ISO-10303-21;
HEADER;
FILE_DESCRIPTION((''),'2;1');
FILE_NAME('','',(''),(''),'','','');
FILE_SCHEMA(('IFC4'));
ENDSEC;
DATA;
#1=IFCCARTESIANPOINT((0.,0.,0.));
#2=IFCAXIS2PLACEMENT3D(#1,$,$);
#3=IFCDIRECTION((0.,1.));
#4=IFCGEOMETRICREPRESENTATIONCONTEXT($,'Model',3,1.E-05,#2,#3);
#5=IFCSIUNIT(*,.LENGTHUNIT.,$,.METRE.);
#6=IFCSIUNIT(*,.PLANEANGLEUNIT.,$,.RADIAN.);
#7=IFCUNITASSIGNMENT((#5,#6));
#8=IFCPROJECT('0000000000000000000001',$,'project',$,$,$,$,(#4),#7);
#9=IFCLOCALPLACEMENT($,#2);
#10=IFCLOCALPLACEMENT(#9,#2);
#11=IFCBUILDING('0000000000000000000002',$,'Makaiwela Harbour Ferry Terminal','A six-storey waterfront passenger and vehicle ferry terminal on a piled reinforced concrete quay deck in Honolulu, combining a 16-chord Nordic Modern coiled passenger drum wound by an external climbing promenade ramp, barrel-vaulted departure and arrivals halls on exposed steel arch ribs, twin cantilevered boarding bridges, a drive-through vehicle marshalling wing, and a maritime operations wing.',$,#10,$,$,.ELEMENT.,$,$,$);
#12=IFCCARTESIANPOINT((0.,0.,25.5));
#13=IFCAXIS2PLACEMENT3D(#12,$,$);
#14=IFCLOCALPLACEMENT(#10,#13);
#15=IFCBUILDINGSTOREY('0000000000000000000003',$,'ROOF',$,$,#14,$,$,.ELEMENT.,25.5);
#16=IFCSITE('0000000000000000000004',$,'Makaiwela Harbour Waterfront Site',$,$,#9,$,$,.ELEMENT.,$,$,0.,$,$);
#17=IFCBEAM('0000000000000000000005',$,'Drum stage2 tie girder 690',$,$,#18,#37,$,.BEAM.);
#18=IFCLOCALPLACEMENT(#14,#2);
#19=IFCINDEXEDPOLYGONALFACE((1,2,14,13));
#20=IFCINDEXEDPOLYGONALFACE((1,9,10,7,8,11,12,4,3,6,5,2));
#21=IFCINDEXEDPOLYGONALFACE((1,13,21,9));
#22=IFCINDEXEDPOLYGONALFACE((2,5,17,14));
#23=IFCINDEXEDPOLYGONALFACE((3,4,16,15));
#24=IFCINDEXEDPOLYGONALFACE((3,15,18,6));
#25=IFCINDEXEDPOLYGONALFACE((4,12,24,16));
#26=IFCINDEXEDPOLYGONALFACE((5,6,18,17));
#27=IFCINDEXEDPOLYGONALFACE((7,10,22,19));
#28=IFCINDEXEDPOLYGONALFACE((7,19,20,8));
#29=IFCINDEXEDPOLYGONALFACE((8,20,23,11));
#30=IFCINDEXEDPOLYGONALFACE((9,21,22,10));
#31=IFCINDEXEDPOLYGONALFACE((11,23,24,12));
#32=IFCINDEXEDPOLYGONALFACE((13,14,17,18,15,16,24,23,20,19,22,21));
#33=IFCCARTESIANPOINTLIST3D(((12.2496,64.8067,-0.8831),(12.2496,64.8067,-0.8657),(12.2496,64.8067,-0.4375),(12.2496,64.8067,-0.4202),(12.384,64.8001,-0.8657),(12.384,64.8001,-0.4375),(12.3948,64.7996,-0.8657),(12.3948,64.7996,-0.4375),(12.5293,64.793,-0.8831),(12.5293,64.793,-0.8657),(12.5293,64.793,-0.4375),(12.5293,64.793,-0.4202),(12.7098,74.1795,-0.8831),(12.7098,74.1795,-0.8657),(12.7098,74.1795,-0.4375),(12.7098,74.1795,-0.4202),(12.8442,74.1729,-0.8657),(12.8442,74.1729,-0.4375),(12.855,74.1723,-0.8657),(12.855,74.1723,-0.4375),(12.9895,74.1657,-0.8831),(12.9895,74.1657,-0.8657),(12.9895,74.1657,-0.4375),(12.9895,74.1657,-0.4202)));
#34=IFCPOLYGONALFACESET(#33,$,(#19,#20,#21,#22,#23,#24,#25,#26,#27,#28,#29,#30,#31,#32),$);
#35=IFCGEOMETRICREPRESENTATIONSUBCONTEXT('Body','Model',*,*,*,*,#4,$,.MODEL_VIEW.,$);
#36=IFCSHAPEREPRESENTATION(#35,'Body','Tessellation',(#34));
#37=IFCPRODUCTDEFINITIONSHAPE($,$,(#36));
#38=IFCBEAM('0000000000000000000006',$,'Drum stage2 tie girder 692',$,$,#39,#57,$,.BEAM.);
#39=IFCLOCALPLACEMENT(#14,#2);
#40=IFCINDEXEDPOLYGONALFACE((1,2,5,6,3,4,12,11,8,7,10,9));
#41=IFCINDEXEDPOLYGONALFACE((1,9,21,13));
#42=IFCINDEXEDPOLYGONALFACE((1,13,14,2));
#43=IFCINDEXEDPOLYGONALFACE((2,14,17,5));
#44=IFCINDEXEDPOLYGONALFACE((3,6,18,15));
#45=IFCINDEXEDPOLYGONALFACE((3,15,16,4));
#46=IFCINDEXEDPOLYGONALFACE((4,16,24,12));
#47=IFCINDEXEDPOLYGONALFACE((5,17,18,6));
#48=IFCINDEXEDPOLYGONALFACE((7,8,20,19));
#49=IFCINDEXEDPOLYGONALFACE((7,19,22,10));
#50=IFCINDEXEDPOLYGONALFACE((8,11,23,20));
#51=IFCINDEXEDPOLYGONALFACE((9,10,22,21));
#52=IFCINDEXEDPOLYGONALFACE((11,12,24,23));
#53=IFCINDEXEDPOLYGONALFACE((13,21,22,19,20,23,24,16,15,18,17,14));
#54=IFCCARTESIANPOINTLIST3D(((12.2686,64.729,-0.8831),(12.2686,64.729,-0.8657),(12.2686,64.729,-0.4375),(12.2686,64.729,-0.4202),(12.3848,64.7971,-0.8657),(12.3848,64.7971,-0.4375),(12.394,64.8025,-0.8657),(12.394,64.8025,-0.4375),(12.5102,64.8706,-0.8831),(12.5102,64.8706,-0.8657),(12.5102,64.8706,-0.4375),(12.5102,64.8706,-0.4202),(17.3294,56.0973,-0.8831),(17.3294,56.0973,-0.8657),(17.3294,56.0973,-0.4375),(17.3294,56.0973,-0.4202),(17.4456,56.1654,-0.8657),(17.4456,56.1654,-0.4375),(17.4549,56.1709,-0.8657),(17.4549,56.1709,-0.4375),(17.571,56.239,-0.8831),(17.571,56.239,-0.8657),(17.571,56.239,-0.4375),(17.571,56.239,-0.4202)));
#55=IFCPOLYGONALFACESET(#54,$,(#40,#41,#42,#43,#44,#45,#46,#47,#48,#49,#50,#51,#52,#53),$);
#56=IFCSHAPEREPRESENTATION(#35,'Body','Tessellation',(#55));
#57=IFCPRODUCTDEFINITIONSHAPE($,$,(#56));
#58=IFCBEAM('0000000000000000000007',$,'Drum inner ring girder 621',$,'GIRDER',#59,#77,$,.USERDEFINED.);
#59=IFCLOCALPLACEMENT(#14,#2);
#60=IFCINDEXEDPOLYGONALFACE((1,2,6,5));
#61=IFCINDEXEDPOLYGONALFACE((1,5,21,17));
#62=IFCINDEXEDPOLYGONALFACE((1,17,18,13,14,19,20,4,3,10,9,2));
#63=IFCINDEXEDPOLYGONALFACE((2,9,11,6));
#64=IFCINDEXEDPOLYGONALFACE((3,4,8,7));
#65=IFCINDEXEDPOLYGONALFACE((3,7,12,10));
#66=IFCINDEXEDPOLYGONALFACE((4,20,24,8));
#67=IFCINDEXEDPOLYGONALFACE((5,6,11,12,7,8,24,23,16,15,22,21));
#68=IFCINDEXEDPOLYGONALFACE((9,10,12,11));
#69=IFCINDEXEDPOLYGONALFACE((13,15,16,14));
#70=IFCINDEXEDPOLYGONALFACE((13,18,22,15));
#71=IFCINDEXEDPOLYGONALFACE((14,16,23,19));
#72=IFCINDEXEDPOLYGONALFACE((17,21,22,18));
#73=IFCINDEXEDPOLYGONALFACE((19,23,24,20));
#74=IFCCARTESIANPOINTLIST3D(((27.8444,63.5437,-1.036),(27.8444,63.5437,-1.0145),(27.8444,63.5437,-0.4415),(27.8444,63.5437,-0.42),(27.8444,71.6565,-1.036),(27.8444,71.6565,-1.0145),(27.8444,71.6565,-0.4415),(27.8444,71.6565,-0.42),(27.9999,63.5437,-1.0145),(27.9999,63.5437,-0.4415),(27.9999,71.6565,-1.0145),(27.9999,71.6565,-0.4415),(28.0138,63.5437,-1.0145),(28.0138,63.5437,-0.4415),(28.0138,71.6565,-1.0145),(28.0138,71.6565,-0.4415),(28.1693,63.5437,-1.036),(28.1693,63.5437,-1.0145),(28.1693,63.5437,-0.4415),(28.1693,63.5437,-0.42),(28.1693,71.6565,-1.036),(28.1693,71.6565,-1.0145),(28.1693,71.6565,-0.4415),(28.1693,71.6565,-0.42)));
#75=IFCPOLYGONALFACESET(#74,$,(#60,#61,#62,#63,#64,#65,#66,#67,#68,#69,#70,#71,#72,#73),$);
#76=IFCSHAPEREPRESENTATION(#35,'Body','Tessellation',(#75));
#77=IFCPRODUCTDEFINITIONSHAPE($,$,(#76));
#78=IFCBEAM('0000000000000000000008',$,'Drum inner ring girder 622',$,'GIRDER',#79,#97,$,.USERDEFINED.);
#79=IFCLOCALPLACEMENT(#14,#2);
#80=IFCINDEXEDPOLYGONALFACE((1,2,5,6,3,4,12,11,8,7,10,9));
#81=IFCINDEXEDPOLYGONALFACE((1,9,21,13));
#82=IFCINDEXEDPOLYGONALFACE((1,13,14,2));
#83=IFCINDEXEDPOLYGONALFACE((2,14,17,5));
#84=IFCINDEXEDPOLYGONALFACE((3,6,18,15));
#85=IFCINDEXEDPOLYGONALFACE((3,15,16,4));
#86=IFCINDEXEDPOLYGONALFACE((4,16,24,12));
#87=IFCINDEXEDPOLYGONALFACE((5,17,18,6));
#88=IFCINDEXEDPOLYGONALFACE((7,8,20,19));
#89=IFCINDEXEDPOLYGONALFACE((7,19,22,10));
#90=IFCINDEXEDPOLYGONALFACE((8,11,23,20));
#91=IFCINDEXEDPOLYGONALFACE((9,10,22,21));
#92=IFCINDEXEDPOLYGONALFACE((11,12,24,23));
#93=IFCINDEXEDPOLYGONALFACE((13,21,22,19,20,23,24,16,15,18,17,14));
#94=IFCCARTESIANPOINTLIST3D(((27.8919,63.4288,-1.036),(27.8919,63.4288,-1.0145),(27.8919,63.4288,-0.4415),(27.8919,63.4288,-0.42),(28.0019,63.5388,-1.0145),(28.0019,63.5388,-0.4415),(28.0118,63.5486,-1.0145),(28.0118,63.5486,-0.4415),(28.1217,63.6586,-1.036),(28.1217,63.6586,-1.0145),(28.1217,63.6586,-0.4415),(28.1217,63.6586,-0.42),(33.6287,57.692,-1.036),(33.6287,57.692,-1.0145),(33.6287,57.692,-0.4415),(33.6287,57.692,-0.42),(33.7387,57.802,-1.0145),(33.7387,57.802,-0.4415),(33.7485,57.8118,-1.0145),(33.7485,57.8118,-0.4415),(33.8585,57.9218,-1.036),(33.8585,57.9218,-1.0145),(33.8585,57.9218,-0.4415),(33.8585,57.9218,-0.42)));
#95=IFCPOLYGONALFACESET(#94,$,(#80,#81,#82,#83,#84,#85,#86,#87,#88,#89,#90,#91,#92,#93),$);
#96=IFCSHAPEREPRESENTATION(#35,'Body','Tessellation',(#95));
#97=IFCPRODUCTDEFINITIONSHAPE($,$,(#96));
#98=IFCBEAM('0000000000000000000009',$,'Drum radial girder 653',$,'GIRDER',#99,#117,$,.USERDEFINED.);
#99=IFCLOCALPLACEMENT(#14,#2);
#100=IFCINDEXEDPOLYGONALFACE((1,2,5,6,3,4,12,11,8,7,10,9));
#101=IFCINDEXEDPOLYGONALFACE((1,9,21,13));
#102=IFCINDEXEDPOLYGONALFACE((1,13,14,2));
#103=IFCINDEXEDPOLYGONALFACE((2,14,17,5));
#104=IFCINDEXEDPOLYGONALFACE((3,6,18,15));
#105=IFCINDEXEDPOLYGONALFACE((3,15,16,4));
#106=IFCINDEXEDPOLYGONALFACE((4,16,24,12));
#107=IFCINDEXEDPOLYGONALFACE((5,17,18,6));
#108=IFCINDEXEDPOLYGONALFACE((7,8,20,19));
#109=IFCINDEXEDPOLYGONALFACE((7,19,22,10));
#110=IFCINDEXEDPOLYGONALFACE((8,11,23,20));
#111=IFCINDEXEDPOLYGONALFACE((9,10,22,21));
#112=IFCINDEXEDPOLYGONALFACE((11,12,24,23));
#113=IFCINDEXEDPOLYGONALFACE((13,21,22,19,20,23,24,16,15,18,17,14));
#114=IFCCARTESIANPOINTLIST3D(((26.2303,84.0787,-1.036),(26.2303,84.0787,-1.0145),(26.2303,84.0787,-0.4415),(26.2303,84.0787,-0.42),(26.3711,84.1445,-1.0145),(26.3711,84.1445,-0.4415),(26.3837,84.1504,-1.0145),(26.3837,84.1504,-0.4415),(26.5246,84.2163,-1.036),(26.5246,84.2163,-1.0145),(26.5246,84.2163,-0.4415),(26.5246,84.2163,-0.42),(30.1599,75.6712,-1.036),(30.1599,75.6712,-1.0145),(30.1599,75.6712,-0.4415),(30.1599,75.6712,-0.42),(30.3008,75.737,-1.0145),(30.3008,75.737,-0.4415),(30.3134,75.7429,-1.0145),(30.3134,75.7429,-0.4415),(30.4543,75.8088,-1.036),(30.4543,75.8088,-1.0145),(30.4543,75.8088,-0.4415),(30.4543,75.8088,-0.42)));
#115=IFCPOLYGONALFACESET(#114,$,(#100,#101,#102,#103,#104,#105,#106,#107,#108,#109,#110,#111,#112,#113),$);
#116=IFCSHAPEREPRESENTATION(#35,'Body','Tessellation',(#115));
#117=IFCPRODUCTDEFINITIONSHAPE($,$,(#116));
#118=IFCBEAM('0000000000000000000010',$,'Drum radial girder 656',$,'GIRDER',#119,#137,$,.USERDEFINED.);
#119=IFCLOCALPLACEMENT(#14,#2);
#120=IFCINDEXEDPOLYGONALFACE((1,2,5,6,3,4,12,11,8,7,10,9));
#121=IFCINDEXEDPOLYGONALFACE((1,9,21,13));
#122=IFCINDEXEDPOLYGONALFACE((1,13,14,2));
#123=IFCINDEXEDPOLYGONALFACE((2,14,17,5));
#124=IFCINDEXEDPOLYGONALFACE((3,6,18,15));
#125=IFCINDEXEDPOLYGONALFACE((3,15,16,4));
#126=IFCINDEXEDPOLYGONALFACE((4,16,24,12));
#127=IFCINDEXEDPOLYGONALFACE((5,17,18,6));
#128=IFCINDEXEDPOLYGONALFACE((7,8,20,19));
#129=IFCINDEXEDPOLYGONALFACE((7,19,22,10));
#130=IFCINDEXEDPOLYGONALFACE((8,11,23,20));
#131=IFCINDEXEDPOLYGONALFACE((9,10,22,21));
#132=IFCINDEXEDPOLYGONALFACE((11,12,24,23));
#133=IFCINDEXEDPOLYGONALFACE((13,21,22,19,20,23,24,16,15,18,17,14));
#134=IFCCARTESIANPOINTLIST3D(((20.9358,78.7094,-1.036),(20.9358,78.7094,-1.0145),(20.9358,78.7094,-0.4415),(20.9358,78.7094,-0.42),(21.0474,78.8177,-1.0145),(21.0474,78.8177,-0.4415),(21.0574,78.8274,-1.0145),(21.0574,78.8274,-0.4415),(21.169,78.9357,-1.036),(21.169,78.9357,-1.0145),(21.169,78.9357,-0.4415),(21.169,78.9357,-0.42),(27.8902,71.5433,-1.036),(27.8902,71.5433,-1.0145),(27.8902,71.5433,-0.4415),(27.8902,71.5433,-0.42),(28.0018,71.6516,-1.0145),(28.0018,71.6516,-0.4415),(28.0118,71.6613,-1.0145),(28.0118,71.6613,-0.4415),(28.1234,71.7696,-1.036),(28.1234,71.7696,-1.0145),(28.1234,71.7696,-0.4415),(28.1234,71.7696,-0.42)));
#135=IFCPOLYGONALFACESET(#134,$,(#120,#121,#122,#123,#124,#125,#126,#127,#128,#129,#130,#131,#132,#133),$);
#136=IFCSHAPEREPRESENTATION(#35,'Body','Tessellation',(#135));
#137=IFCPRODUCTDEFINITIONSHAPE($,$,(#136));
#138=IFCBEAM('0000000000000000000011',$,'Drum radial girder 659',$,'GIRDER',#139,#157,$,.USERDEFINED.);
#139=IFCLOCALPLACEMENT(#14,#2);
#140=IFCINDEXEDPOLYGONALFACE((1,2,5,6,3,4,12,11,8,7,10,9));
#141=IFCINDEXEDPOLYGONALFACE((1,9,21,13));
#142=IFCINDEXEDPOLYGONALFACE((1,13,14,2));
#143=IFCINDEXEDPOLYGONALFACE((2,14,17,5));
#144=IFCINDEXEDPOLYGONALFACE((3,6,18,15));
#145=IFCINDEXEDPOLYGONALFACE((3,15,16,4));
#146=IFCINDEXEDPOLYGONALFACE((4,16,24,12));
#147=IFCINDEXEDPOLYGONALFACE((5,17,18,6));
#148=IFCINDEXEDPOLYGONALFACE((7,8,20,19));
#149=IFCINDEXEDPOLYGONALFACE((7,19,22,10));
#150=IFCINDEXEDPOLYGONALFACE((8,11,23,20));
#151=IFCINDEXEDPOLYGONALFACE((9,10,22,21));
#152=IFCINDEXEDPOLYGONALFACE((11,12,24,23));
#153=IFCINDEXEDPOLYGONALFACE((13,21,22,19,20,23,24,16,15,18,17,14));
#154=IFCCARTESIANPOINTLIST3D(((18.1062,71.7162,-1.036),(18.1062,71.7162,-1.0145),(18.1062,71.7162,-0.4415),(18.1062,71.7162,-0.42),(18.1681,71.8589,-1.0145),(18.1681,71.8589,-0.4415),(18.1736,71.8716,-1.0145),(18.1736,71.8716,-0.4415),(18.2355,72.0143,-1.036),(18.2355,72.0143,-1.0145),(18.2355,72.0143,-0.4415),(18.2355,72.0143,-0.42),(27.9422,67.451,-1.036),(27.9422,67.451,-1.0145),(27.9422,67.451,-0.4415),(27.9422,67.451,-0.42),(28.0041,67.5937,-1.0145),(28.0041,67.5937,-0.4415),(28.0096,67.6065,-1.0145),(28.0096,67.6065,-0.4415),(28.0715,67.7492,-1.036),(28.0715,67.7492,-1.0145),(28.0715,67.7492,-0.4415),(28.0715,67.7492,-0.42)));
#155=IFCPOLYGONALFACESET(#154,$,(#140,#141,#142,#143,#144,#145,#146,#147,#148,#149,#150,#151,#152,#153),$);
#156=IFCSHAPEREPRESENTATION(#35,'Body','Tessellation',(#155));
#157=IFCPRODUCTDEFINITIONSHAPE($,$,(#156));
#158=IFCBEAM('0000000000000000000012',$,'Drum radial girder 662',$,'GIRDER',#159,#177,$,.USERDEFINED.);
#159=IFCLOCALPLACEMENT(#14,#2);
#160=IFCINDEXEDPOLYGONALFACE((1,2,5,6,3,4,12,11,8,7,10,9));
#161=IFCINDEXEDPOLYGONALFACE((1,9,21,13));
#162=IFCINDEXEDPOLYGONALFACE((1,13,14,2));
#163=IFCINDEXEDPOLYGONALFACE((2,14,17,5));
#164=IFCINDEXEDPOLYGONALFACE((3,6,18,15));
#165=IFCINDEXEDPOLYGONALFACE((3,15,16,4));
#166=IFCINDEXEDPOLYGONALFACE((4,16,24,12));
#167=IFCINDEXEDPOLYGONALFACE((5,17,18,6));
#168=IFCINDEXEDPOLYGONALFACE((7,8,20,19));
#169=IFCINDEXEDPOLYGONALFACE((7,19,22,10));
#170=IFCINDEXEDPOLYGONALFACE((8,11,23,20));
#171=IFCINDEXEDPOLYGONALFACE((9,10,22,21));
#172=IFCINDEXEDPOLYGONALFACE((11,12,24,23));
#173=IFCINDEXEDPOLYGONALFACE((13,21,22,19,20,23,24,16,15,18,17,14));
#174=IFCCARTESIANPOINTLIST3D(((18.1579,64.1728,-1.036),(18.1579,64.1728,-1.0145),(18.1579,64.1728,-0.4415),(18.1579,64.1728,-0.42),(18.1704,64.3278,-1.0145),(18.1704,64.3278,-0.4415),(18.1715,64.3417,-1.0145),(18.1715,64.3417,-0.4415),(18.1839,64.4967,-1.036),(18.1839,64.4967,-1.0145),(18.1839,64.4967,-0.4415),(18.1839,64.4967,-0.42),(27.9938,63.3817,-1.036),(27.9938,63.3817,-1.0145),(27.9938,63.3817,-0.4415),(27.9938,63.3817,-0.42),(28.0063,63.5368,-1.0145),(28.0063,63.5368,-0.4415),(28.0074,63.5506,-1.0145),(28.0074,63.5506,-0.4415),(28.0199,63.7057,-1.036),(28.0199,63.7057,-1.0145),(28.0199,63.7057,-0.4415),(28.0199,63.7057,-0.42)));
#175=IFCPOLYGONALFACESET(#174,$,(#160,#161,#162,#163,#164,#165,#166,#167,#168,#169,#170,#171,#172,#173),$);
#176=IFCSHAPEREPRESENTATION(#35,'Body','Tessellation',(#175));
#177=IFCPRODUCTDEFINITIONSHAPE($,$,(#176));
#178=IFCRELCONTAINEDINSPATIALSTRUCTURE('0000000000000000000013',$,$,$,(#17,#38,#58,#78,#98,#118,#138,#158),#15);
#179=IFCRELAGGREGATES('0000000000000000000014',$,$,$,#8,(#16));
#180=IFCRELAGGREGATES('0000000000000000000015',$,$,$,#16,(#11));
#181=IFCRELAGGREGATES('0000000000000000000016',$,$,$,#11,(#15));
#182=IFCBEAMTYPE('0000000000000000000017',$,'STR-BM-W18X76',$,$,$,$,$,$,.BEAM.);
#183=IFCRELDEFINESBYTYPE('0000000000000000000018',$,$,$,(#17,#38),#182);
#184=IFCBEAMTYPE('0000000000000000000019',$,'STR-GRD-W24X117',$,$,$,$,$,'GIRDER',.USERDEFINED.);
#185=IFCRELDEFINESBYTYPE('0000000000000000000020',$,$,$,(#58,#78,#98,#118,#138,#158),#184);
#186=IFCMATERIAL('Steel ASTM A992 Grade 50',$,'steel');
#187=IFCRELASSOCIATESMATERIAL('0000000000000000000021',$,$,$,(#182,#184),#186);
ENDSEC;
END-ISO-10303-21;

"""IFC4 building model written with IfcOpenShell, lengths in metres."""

from ifc_helpers import new_model, si_unit, direction, frame, origin, origin_2d, place, context, subcontext, project, spatial, i_section, extrude, material, material_profile, profile_set, type_object, element, save


model = new_model("IFC4")

# Units and contexts
model_context = context("Model", 3, precision=1e-05, world=origin(), true_north=direction((0.0, 1.0)))
body_context = subcontext(model_context, "Body", "Model", "MODEL_VIEW")
ifc_project = project(units=[si_unit("LENGTHUNIT", "METRE"), si_unit("PLANEANGLEUNIT", "RADIAN")], contexts=[model_context])

# Site, building, storey
site_placement = place(None, origin())
site = spatial("IfcSite", under=ifc_project, at=site_placement, Name="Makaiwela Harbour Waterfront Site", CompositionType="ELEMENT", RefElevation=0.0)
building_placement = place(site_placement, origin())
building = spatial("IfcBuilding", under=site, at=building_placement, Name="Makaiwela Harbour Ferry Terminal", Description="A six-storey waterfront passenger and vehicle ferry terminal on a piled reinforced concrete quay deck in Honolulu, combining a 16-chord Nordic Modern coiled passenger drum wound by an external climbing promenade ramp, barrel-vaulted departure and arrivals halls on exposed steel arch ribs, twin cantilevered boarding bridges, a drive-through vehicle marshalling wing, and a maritime operations wing.", CompositionType="ELEMENT")
storey_placement = place(building_placement, frame((0.0, 0.0, 25.5)))
storey = spatial("IfcBuildingStorey", under=building, at=storey_placement, Name="ROOF", CompositionType="ELEMENT", Elevation=25.5)

# Beams
ifc_material_1 = material(Name="Steel ASTM A992 Grade 50", Category="steel")
ifc_material_profile_1 = material_profile(ifc_material_1, i_section(OverallWidth=0.28, OverallDepth=0.4629, WebThickness=0.0107, FlangeThickness=0.0173, at=origin_2d()), Name="W18X76")
ifc_profile_set_1 = profile_set([ifc_material_profile_1], Name="Steel ASTM A992 Grade 50")
beam_type_1 = type_object("IfcBeamType", Name="STR-BM-W18X76", PredefinedType="BEAM", material=ifc_profile_set_1)
beam_1_placement = place(storey_placement, frame((12.8496, 74.1726, -0.6516), z_axis=(-0.049041, -0.998797, 0.0), x_axis=(0.998797, -0.049041, 0.0)))
element("IfcBeam", 1, at=beam_1_placement, inside=storey, type_object=beam_type_1, Name="Drum stage2 tie girder 690", PredefinedType="BEAM", context=body_context, shape_type="SweptSolid", body=[
    extrude(i_section(OverallWidth=0.28, OverallDepth=0.4629, WebThickness=0.0107, FlangeThickness=0.0173, at=origin_2d()), origin(), (0.0, 0.0, 1.0), 9.384),
])
beam_2_placement = place(storey_placement, frame((12.3894, 64.7998, -0.6516), z_axis=(0.505786, -0.862659, 0.0), x_axis=(0.862659, 0.505786, 0.0)))
element("IfcBeam", 2, at=beam_2_placement, inside=storey, type_object=beam_type_1, Name="Drum stage2 tie girder 692", PredefinedType="BEAM", context=body_context, shape_type="SweptSolid", body=[
    extrude(i_section(OverallWidth=0.28, OverallDepth=0.4629, WebThickness=0.0107, FlangeThickness=0.0173, at=origin_2d()), origin(), (0.0, 0.0, 1.0), 10.0059),
])
ifc_material_profile_2 = material_profile(ifc_material_1, i_section(OverallWidth=0.325, OverallDepth=0.616, WebThickness=0.0139, FlangeThickness=0.0215, at=origin_2d()), Name="W24X117")
ifc_profile_set_2 = profile_set([ifc_material_profile_2], Name="Steel ASTM A992 Grade 50")
beam_type_2 = type_object("IfcBeamType", Name="STR-GRD-W24X117", ElementType="GIRDER", PredefinedType="USERDEFINED", material=ifc_profile_set_2)
beam_3_placement = place(storey_placement, frame((28.0068, 71.6565, -0.728), z_axis=(0.0, -1.0, 0.0), x_axis=(1.0, 0.0, 0.0)))
element("IfcBeam", 3, at=beam_3_placement, inside=storey, type_object=beam_type_2, Name="Drum inner ring girder 621", ObjectType="GIRDER", PredefinedType="USERDEFINED", context=body_context, shape_type="SweptSolid", body=[
    extrude(i_section(OverallWidth=0.325, OverallDepth=0.616, WebThickness=0.0139, FlangeThickness=0.0215, at=origin_2d()), origin(), (0.0, 0.0, 1.0), 8.1128),
])
beam_4_placement = place(storey_placement, frame((28.0068, 63.5437, -0.728), z_axis=(0.707107, -0.707107, 0.0), x_axis=(0.707107, 0.707107, 0.0)))
element("IfcBeam", 4, at=beam_4_placement, inside=storey, type_object=beam_type_2, Name="Drum inner ring girder 622", ObjectType="GIRDER", PredefinedType="USERDEFINED", context=body_context, shape_type="SweptSolid", body=[
    extrude(i_section(OverallWidth=0.325, OverallDepth=0.616, WebThickness=0.0139, FlangeThickness=0.0215, at=origin_2d()), origin(), (0.0, 0.0, 1.0), 8.113),
])
beam_5_placement = place(storey_placement, frame((30.3071, 75.74, -0.728), z_axis=(-0.423434, 0.905927, 0.0), x_axis=(-0.905927, -0.423434, 0.0)))
element("IfcBeam", 5, at=beam_5_placement, inside=storey, type_object=beam_type_2, Name="Drum radial girder 653", ObjectType="GIRDER", PredefinedType="USERDEFINED", context=body_context, shape_type="SweptSolid", body=[
    extrude(i_section(OverallWidth=0.325, OverallDepth=0.616, WebThickness=0.0139, FlangeThickness=0.0215, at=origin_2d()), origin(), (0.0, 0.0, 1.0), 9.2805),
])
beam_6_placement = place(storey_placement, frame((28.0068, 71.6565, -0.728), z_axis=(-0.696429, 0.717626, 0.0), x_axis=(-0.717626, -0.696429, 0.0)))
element("IfcBeam", 6, at=beam_6_placement, inside=storey, type_object=beam_type_2, Name="Drum radial girder 656", ObjectType="GIRDER", PredefinedType="USERDEFINED", context=body_context, shape_type="SweptSolid", body=[
    extrude(i_section(OverallWidth=0.325, OverallDepth=0.616, WebThickness=0.0139, FlangeThickness=0.0215, at=origin_2d()), origin(), (0.0, 0.0, 1.0), 9.9858),
])
beam_7_placement = place(storey_placement, frame((28.0068, 67.6001, -0.728), z_axis=(-0.917457, 0.397835, 0.0), x_axis=(-0.397835, -0.917457, 0.0)))
element("IfcBeam", 7, at=beam_7_placement, inside=storey, type_object=beam_type_2, Name="Drum radial girder 659", ObjectType="GIRDER", PredefinedType="USERDEFINED", context=body_context, shape_type="SweptSolid", body=[
    extrude(i_section(OverallWidth=0.325, OverallDepth=0.616, WebThickness=0.0139, FlangeThickness=0.0215, at=origin_2d()), origin(), (0.0, 0.0, 1.0), 10.7209),
])
beam_8_placement = place(storey_placement, frame((28.0068, 63.5437, -0.728), z_axis=(-0.996782, 0.080162, 0.0), x_axis=(-0.080162, -0.996782, 0.0)))
element("IfcBeam", 8, at=beam_8_placement, inside=storey, type_object=beam_type_2, Name="Drum radial girder 662", ObjectType="GIRDER", PredefinedType="USERDEFINED", context=body_context, shape_type="SweptSolid", body=[
    extrude(i_section(OverallWidth=0.325, OverallDepth=0.616, WebThickness=0.0139, FlangeThickness=0.0215, at=origin_2d()), origin(), (0.0, 0.0, 1.0), 9.8677),
])

save(model, "model.ifc")
